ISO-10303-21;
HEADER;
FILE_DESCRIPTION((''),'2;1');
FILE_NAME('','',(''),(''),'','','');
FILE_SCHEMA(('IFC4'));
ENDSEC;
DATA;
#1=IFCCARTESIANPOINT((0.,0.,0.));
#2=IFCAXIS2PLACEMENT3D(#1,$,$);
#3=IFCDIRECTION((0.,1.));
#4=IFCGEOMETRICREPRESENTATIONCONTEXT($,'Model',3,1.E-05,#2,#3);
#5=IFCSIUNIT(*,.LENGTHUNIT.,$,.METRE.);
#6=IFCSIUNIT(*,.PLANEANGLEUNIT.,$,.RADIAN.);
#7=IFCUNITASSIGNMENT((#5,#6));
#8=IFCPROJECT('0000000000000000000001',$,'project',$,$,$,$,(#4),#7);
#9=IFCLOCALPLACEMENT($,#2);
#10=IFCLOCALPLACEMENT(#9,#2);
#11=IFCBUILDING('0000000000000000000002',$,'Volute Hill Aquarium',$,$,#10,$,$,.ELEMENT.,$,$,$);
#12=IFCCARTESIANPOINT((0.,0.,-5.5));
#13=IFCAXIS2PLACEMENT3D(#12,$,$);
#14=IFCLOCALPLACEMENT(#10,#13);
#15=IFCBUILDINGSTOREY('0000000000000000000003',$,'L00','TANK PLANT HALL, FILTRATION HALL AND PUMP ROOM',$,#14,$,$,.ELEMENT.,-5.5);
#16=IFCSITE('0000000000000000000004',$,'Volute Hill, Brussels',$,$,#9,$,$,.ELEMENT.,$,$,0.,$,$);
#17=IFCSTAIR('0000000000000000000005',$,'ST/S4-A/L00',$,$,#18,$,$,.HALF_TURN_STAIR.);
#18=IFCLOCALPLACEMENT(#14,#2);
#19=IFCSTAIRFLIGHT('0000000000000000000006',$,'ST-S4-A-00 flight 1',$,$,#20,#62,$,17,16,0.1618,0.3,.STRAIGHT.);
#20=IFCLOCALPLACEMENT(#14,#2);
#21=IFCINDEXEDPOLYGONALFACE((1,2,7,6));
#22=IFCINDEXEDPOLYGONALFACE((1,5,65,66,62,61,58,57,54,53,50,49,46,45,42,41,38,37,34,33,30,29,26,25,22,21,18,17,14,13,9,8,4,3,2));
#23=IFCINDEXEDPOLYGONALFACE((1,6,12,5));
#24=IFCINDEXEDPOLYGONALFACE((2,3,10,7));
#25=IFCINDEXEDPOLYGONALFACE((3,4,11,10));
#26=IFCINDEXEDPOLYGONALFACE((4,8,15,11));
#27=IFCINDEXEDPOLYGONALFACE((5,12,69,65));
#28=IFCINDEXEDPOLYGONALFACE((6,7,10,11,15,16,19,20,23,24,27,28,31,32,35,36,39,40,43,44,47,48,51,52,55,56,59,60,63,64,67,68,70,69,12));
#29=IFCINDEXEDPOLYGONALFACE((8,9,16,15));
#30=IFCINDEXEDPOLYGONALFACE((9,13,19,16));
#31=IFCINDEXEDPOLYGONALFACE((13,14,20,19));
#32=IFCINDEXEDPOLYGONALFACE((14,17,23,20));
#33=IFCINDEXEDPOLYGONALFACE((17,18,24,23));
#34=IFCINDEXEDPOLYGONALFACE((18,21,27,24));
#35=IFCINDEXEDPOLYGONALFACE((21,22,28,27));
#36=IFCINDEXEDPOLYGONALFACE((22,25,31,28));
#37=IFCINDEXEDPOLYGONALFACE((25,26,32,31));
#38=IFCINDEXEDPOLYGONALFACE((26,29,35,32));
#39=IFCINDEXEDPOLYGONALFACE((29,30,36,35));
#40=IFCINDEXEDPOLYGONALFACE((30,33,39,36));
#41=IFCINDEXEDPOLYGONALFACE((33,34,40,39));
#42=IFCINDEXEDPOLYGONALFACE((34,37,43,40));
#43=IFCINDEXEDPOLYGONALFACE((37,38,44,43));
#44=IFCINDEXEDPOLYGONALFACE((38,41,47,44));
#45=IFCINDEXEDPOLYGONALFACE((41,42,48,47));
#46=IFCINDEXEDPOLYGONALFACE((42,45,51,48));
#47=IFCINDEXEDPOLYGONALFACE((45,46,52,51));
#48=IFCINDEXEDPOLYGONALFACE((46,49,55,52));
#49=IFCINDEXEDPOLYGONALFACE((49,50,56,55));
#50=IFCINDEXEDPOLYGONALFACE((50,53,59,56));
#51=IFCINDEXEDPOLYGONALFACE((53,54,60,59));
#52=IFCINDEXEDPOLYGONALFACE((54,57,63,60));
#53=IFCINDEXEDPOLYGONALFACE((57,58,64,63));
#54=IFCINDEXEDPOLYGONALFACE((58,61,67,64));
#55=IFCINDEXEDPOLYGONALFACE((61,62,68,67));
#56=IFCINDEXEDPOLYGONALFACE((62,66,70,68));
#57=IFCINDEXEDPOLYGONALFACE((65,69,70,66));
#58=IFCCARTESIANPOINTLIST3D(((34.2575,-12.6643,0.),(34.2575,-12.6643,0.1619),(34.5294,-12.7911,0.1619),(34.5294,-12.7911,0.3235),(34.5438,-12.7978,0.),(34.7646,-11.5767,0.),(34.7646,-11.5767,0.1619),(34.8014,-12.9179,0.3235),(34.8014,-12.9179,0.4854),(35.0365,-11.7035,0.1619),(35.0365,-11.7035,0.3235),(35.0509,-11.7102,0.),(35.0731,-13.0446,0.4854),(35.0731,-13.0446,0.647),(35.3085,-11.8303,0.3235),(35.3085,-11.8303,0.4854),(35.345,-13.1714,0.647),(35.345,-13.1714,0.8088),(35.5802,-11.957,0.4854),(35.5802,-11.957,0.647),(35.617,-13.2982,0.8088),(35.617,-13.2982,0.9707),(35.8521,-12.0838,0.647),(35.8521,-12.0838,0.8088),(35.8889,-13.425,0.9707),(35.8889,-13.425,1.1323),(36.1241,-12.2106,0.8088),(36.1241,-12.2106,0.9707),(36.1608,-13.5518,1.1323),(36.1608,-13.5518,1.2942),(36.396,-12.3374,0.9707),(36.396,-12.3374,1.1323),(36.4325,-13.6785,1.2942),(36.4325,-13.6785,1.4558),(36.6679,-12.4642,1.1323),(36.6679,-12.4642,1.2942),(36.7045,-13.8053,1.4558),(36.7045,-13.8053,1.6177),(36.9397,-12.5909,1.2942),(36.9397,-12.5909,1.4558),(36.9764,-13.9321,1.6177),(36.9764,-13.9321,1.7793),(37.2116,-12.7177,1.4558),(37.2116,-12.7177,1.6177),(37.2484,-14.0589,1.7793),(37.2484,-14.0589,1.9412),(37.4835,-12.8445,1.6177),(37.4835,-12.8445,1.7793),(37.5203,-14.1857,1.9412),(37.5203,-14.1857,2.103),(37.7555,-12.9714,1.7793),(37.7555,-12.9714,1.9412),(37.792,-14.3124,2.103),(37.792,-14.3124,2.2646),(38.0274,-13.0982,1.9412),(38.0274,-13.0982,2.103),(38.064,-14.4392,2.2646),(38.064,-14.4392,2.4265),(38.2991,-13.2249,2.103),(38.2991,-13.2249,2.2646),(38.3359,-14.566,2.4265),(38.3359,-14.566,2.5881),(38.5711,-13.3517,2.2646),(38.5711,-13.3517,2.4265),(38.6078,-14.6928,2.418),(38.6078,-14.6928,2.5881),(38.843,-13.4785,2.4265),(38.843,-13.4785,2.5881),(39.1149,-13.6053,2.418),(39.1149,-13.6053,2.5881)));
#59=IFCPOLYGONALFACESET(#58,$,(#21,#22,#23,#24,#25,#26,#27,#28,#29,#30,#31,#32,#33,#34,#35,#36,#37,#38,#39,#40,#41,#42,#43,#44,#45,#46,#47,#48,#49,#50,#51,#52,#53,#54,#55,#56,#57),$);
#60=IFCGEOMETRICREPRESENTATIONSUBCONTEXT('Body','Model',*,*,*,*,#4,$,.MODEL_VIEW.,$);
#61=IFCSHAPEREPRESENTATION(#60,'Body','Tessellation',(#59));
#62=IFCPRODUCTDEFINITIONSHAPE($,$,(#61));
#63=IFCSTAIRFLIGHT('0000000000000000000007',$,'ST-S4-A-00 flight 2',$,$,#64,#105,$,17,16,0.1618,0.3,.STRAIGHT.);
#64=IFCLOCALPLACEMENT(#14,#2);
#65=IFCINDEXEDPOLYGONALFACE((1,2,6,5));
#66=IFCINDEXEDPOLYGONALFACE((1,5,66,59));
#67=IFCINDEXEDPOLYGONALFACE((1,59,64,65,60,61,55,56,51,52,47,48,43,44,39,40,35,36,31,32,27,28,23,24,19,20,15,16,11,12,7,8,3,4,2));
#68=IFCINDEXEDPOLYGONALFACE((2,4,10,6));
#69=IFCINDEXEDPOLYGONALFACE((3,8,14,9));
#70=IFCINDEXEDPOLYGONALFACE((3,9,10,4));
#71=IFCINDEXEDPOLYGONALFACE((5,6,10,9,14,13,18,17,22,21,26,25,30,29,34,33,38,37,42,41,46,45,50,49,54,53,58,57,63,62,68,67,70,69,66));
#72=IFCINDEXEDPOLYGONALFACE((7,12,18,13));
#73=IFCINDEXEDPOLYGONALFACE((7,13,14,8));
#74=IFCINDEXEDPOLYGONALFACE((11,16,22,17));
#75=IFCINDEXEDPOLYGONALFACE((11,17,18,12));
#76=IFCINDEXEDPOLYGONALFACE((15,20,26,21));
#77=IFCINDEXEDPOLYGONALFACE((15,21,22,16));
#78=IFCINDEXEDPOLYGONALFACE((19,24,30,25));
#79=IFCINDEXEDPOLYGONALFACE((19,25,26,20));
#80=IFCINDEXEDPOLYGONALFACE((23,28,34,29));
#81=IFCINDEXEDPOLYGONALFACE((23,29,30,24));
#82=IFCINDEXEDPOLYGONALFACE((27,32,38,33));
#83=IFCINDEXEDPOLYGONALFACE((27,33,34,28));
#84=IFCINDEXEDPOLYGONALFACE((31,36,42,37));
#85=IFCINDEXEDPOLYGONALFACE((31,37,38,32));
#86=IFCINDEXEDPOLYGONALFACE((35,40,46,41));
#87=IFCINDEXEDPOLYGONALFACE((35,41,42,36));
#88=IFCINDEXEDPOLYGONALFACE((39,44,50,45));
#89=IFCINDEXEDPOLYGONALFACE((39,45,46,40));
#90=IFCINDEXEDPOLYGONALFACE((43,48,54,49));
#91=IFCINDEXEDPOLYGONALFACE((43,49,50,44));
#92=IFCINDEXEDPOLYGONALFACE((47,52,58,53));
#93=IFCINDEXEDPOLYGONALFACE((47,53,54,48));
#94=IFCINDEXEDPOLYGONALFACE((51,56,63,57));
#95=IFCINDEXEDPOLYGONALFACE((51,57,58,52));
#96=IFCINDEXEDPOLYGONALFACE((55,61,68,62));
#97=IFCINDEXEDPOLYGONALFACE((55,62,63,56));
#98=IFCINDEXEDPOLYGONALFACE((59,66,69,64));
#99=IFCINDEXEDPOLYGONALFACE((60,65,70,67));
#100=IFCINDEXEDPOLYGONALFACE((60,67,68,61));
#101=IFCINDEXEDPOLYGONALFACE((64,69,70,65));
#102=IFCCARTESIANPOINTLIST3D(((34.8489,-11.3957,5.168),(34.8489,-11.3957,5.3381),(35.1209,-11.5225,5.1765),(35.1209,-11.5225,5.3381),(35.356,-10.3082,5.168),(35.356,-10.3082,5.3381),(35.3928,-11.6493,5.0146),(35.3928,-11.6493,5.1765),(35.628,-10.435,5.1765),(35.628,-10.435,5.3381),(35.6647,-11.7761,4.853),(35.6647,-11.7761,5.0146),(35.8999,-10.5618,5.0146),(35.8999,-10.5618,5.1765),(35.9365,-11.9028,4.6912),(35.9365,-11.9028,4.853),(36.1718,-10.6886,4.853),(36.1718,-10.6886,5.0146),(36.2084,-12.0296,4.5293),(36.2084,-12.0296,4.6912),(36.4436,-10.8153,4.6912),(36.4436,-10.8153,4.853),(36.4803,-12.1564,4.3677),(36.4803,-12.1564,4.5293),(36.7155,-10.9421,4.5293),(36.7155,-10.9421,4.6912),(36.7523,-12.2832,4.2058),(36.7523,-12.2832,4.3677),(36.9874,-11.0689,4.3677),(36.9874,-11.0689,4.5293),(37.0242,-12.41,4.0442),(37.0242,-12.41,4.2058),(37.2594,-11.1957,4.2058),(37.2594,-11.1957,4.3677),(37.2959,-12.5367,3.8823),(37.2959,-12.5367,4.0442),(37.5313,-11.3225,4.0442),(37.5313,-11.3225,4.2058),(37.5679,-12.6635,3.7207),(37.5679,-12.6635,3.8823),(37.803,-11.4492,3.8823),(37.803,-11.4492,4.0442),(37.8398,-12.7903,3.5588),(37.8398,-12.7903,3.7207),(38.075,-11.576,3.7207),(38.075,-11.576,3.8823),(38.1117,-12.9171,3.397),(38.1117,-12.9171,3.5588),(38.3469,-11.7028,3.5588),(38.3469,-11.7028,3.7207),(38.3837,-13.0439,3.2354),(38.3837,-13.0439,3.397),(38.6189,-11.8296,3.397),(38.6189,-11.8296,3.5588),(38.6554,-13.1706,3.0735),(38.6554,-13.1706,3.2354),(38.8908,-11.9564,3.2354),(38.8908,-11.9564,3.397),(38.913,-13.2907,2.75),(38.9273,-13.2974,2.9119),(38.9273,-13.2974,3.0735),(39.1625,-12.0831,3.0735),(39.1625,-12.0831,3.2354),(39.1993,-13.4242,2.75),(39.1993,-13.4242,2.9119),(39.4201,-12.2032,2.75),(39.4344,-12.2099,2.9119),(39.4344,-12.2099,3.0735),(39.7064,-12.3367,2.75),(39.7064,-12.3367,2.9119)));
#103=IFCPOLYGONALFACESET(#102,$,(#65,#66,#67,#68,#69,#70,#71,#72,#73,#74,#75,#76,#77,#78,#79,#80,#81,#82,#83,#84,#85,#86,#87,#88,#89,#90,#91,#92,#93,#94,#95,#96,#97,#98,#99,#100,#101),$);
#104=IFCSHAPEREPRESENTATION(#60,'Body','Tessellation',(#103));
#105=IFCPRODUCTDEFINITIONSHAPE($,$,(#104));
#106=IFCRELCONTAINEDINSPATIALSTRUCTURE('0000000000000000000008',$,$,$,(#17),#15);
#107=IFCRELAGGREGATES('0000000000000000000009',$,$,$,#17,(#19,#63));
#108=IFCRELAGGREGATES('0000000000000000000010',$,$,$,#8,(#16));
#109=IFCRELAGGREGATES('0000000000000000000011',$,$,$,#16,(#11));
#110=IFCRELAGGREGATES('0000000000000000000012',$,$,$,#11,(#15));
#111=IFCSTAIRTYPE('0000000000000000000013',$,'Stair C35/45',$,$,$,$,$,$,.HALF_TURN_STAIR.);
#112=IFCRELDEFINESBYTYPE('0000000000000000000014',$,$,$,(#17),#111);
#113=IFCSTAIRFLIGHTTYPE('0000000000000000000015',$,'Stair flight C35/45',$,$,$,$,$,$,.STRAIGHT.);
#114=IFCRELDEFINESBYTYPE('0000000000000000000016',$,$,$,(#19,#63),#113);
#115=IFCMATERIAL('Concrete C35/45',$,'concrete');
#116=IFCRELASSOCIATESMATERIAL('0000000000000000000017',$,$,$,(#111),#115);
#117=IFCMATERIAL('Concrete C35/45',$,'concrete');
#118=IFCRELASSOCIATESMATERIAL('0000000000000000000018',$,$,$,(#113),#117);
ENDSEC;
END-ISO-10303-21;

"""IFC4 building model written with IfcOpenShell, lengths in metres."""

from ifc_helpers import new_model, si_unit, direction, frame, origin, place, context, subcontext, project, spatial, polyline, outline, extrude, material, type_object, element, aggregate, save


model = new_model("IFC4")

# Units and contexts
model_context = context("Model", 3, precision=1e-05, world=origin(), true_north=direction((0.0, 1.0)))
body_context = subcontext(model_context, "Body", "Model", "MODEL_VIEW")
ifc_project = project(units=[si_unit("LENGTHUNIT", "METRE"), si_unit("PLANEANGLEUNIT", "RADIAN")], contexts=[model_context])

# Site, building, storey
site_placement = place(None, origin())
site = spatial("IfcSite", under=ifc_project, at=site_placement, Name="Volute Hill, Brussels", CompositionType="ELEMENT", RefElevation=0.0)
building_placement = place(site_placement, origin())
building = spatial("IfcBuilding", under=site, at=building_placement, Name="Volute Hill Aquarium", CompositionType="ELEMENT")
storey_placement = place(building_placement, frame((0.0, 0.0, -5.5)))
storey = spatial("IfcBuildingStorey", under=building, at=storey_placement, Name="L00", Description="TANK PLANT HALL, FILTRATION HALL AND PUMP ROOM", CompositionType="ELEMENT", Elevation=-5.5)

# Stair, stair flights
ifc_material_1 = material(Name="Concrete C35/45", Category="concrete")
stair_type = type_object("IfcStairType", Name="Stair C35/45", PredefinedType="HALF_TURN_STAIR", material=ifc_material_1)
stair_placement = place(storey_placement, origin())
stair = element("IfcStair", 1, at=stair_placement, inside=storey, type_object=stair_type, Name="ST/S4-A/L00", PredefinedType="HALF_TURN_STAIR")
ifc_material_2 = material(Name="Concrete C35/45", Category="concrete")
stair_flight_type = type_object("IfcStairFlightType", Name="Stair flight C35/45", PredefinedType="STRAIGHT", material=ifc_material_2)
stair_flight_1_placement = place(storey_placement, frame((34.511, -12.1206, 0.0), z_axis=(0.0, 0.0, 1.0), x_axis=(0.906313, -0.422606, 0.0)))
stair_flight_1 = element("IfcStairFlight", 2, at=stair_flight_1_placement, type_object=stair_flight_type, Name="ST-S4-A-00 flight 1", NumberOfRisers=17, NumberOfTreads=16, PredefinedType="STRAIGHT", RiserHeight=0.1618, TreadLength=0.3, context=body_context, shape_type="SweptSolid", body=[
    extrude(outline(polyline([(0.0, 0.0), (0.0, 0.1619), (0.3, 0.1619), (0.3, 0.3235), (0.6001, 0.3235), (0.6001, 0.4854), (0.8999, 0.4854), (0.8999, 0.647), (1.2, 0.647), (1.2, 0.8088), (1.5, 0.8088), (1.5, 0.9707), (1.8, 0.9707), (1.8, 1.1323), (2.1001, 1.1323), (2.1001, 1.2942), (2.3999, 1.2942), (2.3999, 1.4558), (2.7, 1.4558), (2.7, 1.6177), (3.0, 1.6177), (3.0, 1.7793), (3.3, 1.7793), (3.3, 1.9412), (3.6001, 1.9412), (3.6001, 2.103), (3.8999, 2.103), (3.8999, 2.2646), (4.2, 2.2646), (4.2, 2.4265), (4.5, 2.4265), (4.5, 2.5881), (4.8, 2.5881), (4.8, 2.75), (4.8, 2.418), (0.3159, 0.0), (0.0, 0.0)])), frame((0.0, 0.6001, 0.0), z_axis=(0.0, -1.0, 0.0), x_axis=(1.0, 0.0, 0.0)), (0.0, 0.0, 1.0), 1.2),
])
stair_flight_2_placement = place(storey_placement, frame((39.4529, -12.8804, 2.75), z_axis=(0.0, 0.0, 1.0), x_axis=(-0.906313, 0.422606, 0.0)))
stair_flight_2 = element("IfcStairFlight", 3, at=stair_flight_2_placement, type_object=stair_flight_type, Name="ST-S4-A-00 flight 2", NumberOfRisers=17, NumberOfTreads=16, PredefinedType="STRAIGHT", RiserHeight=0.1618, TreadLength=0.3, context=body_context, shape_type="SweptSolid", body=[
    extrude(outline(polyline([(0.0, 0.0), (0.0, 0.1619), (0.3, 0.1619), (0.3, 0.3235), (0.6001, 0.3235), (0.6001, 0.4854), (0.8999, 0.4854), (0.8999, 0.647), (1.2, 0.647), (1.2, 0.8088), (1.5, 0.8088), (1.5, 0.9707), (1.8, 0.9707), (1.8, 1.1323), (2.1001, 1.1323), (2.1001, 1.2942), (2.3999, 1.2942), (2.3999, 1.4558), (2.7, 1.4558), (2.7, 1.6177), (3.0, 1.6177), (3.0, 1.7793), (3.3, 1.7793), (3.3, 1.9412), (3.6001, 1.9412), (3.6001, 2.103), (3.8999, 2.103), (3.8999, 2.2646), (4.2, 2.2646), (4.2, 2.4265), (4.5, 2.4265), (4.5, 2.5881), (4.8, 2.5881), (4.8, 2.75), (4.8, 2.418), (0.3159, 0.0), (0.0, 0.0)])), frame((0.0, 0.6001, 0.0), z_axis=(0.0, -1.0, 0.0), x_axis=(1.0, 0.0, 0.0)), (0.0, 0.0, 1.0), 1.2),
])
aggregate(stair, [stair_flight_1, stair_flight_2])

save(model, "model.ifc")
